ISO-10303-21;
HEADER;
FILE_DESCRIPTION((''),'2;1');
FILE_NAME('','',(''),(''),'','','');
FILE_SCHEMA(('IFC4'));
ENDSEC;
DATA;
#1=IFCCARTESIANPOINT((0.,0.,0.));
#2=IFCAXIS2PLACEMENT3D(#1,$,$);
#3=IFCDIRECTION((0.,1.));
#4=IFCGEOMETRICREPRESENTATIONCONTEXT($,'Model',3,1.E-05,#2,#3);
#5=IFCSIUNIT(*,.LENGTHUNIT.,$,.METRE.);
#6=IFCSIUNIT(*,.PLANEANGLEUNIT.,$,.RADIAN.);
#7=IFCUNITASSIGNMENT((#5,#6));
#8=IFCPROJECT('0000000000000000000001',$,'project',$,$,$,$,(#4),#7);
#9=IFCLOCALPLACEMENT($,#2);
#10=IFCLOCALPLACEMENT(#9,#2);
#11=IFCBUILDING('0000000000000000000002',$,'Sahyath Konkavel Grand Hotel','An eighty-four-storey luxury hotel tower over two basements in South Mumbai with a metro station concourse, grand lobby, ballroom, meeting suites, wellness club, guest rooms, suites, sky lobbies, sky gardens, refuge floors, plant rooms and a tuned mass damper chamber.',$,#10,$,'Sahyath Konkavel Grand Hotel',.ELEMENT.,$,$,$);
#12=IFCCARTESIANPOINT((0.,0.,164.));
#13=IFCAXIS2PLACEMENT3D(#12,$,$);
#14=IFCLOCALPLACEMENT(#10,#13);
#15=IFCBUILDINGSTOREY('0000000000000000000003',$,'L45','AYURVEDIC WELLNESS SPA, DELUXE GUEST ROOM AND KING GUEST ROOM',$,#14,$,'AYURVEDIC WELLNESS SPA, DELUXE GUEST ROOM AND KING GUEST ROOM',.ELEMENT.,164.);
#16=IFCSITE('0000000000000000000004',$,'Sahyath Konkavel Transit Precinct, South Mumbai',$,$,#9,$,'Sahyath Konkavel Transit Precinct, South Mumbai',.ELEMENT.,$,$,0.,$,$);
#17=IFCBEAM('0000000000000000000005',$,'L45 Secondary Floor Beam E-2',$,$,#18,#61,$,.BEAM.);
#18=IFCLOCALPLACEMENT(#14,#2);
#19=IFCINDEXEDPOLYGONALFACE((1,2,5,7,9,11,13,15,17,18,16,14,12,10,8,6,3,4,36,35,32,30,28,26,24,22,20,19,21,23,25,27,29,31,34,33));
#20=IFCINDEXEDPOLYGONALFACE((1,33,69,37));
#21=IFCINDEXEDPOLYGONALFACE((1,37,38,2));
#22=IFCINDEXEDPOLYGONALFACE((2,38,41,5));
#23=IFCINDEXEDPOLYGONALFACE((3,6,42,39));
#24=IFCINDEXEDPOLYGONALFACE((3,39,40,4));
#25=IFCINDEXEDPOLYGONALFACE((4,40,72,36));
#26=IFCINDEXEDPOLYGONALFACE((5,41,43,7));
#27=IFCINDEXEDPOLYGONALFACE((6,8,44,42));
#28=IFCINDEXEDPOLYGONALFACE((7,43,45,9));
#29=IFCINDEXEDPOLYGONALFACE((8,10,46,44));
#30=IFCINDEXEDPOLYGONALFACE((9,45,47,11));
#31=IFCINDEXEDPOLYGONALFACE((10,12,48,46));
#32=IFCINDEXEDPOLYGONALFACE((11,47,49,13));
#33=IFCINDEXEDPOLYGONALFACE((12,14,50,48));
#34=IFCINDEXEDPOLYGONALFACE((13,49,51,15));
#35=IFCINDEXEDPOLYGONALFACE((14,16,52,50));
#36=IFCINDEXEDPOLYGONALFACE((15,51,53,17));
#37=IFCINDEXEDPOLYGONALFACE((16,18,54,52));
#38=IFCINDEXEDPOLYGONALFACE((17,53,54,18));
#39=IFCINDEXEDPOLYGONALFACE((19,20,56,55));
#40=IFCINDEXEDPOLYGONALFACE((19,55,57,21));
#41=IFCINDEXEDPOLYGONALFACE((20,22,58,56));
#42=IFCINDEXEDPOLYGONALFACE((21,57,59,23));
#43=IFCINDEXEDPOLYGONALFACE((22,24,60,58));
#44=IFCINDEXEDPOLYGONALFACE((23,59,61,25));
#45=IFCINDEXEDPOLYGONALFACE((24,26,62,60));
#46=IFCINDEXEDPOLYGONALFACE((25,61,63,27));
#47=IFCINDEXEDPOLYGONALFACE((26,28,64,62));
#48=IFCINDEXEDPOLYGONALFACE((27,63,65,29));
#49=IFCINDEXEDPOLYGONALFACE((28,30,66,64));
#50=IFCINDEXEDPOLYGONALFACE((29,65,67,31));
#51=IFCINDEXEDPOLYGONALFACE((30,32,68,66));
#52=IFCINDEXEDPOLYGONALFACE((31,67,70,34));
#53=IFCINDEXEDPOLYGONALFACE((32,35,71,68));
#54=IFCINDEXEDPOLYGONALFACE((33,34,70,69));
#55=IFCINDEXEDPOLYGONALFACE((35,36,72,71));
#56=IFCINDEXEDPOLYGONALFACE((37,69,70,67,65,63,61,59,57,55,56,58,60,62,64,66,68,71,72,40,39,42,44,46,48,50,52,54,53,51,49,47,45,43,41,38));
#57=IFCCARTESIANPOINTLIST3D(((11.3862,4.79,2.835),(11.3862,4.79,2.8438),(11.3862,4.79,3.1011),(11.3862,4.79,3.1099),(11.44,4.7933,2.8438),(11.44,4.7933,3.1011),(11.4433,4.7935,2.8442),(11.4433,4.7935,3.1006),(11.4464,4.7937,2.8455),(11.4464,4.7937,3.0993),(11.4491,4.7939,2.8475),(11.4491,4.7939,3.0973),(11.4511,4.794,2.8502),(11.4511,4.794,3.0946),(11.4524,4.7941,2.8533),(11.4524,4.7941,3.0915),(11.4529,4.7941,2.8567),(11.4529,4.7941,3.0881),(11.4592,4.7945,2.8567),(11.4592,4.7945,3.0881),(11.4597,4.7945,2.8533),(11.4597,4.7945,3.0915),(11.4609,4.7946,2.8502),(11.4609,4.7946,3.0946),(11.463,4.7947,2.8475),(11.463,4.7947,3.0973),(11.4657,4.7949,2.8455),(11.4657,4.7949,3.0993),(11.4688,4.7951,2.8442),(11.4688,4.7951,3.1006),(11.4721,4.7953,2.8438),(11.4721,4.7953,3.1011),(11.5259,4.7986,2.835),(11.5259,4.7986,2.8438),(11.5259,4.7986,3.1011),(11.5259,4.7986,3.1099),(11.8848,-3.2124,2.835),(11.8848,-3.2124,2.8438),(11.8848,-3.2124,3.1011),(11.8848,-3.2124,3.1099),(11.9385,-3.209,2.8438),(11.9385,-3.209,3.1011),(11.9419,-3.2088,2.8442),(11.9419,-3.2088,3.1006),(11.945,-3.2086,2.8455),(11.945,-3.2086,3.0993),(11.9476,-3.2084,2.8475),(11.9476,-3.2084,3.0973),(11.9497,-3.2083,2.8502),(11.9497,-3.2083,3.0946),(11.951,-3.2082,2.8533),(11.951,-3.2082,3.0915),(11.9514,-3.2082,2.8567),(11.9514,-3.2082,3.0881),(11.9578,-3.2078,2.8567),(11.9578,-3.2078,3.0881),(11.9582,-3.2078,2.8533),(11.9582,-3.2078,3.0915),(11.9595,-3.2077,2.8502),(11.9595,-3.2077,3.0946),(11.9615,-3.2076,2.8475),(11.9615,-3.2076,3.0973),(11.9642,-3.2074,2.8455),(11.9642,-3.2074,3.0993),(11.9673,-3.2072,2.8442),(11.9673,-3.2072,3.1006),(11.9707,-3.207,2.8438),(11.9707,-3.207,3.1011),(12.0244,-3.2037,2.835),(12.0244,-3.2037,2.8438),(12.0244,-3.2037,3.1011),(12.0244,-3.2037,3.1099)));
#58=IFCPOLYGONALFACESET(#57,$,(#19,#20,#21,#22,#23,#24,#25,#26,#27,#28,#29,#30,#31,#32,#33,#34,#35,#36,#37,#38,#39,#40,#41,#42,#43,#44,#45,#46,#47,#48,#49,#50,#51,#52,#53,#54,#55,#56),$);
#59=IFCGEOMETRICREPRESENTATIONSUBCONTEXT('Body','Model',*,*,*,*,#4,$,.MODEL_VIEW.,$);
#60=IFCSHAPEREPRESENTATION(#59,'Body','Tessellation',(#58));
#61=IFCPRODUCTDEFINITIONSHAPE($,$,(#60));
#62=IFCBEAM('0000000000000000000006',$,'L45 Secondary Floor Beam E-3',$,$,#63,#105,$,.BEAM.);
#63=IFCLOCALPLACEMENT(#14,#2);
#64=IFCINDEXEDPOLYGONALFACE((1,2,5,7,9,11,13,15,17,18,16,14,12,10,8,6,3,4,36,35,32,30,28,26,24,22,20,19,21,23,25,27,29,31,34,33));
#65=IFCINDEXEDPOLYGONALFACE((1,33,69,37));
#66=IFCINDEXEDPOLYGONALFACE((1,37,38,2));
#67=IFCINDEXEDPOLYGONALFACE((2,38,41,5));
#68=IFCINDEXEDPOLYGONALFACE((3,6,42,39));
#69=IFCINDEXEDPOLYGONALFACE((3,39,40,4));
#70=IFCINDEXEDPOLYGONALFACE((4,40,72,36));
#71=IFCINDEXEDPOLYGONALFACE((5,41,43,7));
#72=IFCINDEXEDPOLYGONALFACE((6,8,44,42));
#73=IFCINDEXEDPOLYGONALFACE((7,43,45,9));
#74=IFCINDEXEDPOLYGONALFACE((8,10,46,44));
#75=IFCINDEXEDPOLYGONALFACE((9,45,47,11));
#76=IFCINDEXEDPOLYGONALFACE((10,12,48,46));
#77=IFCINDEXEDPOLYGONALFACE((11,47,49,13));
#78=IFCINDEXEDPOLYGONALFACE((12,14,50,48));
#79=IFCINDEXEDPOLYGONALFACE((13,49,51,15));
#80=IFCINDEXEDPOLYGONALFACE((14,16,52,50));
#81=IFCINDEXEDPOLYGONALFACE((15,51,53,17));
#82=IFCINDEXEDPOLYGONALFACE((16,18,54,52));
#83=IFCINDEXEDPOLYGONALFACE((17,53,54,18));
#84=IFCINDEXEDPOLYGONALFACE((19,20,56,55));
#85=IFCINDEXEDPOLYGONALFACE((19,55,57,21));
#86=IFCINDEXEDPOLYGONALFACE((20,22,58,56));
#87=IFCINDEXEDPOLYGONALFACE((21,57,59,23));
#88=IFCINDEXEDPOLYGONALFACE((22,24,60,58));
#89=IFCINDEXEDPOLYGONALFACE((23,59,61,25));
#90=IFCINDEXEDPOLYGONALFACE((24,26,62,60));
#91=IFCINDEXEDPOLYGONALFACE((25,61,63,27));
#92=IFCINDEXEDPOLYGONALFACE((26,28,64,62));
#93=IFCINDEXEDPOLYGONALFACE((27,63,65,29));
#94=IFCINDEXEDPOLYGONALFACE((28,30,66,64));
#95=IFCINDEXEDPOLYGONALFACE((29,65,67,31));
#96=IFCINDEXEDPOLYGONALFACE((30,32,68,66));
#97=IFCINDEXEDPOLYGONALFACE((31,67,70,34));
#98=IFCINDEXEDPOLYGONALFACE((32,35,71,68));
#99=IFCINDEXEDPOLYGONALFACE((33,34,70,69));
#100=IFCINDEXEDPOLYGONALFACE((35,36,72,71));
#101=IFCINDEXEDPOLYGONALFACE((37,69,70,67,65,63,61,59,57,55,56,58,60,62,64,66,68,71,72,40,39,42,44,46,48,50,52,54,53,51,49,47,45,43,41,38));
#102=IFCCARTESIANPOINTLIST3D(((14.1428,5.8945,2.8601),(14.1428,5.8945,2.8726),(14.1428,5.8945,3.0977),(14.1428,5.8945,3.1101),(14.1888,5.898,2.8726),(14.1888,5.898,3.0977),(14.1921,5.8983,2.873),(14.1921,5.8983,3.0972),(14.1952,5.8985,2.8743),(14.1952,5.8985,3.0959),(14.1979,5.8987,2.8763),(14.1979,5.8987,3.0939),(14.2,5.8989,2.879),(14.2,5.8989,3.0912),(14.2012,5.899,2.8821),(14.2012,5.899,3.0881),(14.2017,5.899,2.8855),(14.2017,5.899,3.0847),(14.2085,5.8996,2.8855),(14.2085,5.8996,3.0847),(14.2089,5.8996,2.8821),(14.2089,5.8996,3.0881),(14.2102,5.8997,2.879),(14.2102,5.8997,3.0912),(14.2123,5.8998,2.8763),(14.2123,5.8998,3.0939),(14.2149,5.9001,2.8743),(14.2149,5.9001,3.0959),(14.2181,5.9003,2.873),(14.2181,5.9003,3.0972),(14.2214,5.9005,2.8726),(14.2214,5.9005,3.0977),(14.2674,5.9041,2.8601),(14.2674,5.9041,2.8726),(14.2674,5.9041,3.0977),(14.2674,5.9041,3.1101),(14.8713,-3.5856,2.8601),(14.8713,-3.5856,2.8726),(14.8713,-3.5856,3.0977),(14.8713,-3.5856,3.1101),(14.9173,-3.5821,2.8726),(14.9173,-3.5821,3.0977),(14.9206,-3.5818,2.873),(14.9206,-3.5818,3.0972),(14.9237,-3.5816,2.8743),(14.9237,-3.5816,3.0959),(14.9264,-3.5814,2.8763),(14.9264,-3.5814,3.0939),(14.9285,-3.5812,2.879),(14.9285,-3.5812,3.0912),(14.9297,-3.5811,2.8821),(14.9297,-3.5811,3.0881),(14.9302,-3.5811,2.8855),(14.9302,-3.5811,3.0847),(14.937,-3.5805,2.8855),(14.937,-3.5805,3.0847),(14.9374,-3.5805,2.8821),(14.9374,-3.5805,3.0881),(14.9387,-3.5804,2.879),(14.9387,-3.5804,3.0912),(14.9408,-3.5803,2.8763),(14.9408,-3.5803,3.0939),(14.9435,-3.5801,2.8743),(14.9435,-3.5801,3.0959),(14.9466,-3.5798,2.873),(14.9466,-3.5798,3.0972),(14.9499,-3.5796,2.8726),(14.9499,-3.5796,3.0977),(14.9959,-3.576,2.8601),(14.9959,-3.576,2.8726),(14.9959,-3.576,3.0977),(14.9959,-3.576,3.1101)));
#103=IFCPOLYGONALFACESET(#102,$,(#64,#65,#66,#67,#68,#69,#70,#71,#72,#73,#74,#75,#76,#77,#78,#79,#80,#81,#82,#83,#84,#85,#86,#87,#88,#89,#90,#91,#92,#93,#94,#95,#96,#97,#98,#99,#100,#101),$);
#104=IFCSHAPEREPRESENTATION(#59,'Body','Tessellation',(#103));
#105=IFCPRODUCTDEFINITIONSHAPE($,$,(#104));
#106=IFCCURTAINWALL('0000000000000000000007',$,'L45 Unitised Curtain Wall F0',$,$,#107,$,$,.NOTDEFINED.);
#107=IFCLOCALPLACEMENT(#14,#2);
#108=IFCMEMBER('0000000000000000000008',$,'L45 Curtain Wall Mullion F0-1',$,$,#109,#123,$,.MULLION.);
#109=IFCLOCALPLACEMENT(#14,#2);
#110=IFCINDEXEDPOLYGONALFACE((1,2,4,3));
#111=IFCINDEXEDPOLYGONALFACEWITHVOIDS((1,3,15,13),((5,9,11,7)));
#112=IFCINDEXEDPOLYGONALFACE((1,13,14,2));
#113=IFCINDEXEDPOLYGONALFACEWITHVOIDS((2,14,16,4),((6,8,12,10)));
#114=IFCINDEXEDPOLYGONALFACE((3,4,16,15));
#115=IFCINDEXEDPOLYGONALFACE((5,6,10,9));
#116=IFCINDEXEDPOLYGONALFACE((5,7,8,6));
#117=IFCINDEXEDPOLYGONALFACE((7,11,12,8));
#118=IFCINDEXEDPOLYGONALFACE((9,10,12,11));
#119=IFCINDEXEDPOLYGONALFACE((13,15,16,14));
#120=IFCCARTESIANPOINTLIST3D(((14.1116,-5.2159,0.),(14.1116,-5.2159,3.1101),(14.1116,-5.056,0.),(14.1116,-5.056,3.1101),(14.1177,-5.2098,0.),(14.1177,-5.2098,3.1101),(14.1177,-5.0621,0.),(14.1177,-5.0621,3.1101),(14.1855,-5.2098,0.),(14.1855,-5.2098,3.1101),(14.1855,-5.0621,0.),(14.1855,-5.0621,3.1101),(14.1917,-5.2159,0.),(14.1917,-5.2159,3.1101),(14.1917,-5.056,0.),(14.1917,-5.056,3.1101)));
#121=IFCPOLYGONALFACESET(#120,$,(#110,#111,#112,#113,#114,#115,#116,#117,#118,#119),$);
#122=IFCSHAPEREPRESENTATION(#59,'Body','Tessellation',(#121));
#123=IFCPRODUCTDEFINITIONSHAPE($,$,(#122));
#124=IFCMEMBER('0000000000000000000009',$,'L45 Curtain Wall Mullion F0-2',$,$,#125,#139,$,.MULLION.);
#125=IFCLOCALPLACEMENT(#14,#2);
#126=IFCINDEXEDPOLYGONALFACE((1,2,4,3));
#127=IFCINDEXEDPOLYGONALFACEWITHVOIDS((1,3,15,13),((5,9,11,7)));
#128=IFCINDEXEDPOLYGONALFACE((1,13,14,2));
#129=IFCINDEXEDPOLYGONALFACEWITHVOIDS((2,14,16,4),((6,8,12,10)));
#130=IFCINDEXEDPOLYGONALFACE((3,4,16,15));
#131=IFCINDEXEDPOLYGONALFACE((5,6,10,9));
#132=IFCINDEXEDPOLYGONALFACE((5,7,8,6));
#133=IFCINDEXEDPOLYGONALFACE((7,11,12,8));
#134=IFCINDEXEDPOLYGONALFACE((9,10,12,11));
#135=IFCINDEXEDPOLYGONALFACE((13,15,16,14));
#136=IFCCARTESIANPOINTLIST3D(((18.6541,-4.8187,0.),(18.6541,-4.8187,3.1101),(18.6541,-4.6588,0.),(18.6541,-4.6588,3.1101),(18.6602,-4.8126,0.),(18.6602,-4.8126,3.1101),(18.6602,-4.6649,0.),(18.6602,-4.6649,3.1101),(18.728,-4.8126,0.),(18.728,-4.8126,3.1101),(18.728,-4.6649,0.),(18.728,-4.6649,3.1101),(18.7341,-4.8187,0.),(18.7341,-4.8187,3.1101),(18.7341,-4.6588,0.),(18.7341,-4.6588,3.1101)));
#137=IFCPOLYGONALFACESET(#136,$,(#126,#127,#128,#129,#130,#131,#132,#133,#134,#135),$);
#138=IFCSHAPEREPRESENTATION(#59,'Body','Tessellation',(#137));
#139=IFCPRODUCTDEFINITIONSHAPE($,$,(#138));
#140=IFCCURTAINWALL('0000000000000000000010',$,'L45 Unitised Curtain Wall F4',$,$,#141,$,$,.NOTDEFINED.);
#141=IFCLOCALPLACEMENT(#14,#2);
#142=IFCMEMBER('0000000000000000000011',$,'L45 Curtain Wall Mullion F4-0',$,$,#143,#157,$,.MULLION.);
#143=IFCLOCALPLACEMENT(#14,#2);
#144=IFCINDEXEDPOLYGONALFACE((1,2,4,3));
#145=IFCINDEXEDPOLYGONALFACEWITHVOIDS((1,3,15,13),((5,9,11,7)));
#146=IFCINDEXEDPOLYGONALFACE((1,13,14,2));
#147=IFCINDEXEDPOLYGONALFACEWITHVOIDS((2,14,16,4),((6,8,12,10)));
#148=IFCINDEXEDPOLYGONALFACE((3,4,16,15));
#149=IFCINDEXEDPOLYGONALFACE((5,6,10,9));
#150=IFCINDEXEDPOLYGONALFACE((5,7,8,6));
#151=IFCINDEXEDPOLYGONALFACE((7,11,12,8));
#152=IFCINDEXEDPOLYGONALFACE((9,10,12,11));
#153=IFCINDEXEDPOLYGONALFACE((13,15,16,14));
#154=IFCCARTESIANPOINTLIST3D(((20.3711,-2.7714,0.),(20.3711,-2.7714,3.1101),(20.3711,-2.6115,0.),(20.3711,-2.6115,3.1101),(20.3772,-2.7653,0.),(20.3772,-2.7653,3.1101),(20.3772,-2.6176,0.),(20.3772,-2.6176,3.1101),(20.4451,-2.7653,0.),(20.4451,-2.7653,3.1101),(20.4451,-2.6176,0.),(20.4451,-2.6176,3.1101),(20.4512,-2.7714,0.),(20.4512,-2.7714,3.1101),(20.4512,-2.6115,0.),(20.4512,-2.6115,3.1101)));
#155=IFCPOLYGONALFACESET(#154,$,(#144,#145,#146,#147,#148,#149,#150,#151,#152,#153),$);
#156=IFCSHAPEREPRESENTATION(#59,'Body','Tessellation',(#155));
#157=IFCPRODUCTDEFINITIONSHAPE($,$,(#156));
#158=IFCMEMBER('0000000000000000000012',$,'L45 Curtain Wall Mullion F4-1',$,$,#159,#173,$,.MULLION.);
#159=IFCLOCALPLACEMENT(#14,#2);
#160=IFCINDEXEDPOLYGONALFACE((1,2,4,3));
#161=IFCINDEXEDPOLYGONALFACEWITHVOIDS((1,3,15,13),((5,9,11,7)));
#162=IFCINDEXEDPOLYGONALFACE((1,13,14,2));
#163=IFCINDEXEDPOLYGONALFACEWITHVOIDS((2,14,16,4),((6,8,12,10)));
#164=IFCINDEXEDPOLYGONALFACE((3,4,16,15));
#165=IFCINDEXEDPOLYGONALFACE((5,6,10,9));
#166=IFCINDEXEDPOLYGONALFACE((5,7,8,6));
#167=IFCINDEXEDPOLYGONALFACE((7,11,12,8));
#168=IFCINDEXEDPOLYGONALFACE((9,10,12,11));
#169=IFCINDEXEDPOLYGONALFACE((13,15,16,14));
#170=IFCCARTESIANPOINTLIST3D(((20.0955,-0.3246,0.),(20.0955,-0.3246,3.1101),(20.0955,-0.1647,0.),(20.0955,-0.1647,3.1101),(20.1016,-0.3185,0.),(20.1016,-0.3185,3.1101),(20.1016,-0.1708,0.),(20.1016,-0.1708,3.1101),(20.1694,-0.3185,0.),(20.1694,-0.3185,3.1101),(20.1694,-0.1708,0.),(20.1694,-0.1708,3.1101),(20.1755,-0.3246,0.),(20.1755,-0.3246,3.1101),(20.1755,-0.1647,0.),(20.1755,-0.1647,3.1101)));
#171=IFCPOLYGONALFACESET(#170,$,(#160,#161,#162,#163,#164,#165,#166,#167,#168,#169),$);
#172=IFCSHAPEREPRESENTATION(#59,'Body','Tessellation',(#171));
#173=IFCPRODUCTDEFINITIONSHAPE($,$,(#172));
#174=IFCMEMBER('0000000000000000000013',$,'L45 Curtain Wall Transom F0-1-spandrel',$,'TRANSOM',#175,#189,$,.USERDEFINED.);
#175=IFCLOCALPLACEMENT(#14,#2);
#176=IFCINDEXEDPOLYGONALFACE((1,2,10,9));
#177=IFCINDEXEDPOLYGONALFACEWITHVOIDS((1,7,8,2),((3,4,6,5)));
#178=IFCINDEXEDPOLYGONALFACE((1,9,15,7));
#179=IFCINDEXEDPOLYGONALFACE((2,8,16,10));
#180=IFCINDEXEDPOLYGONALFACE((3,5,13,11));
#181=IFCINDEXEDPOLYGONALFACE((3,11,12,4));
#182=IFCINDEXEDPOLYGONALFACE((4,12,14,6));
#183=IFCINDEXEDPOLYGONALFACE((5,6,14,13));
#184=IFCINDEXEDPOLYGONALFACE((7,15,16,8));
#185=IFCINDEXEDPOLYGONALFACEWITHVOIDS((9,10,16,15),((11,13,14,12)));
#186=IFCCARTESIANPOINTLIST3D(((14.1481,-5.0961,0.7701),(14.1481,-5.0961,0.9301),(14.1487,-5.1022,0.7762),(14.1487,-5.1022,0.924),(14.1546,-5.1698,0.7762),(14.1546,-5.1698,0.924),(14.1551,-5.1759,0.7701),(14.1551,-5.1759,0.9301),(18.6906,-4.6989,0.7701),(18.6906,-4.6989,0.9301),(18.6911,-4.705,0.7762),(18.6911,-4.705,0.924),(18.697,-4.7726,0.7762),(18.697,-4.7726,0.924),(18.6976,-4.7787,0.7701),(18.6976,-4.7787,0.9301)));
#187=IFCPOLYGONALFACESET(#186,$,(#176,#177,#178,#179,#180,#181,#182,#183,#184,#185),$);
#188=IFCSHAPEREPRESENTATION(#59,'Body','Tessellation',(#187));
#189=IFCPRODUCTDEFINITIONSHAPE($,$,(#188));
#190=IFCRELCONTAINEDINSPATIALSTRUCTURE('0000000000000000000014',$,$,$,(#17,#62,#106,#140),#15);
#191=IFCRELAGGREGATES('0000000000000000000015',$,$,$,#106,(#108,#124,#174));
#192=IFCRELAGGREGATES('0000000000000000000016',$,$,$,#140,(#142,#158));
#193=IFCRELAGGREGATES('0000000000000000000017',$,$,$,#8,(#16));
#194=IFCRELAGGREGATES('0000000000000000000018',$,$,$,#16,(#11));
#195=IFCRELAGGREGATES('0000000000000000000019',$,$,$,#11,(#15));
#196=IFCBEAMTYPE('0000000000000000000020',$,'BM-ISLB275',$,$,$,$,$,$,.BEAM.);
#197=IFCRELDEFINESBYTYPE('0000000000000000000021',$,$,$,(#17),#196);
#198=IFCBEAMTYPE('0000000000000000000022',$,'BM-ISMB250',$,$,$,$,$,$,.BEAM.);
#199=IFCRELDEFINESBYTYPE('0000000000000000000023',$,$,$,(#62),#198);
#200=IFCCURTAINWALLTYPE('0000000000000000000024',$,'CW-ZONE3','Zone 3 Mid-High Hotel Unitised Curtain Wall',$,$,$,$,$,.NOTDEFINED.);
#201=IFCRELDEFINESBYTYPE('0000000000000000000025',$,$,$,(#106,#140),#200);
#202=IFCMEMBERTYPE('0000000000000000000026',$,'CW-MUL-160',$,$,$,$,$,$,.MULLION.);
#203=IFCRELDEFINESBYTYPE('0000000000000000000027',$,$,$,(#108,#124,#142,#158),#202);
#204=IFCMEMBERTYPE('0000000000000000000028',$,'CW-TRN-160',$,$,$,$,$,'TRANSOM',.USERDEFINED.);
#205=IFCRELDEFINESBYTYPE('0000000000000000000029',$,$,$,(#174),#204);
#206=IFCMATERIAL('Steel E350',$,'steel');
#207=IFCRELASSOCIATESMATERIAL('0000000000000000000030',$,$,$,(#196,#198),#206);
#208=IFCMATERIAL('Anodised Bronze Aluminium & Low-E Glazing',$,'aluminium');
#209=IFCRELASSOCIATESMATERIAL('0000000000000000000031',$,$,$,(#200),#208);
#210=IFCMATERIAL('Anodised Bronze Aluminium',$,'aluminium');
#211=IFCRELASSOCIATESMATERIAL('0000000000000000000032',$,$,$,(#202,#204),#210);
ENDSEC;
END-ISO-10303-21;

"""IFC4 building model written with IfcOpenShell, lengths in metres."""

from ifc_helpers import new_model, si_unit, direction, frame, origin, origin_2d, place, context, subcontext, project, spatial, hollow_rectangle, i_section, extrude, source, transform, mapped, material, material_profile, profile_set, type_object, element, aggregate, save


model = new_model("IFC4")

# Units and contexts
model_context = context("Model", 3, precision=1e-05, world=origin(), true_north=direction((0.0, 1.0)))
body_context = subcontext(model_context, "Body", "Model", "MODEL_VIEW")
ifc_project = project(units=[si_unit("LENGTHUNIT", "METRE"), si_unit("PLANEANGLEUNIT", "RADIAN")], contexts=[model_context])

# Site, building, storey
site_placement = place(None, origin())
site = spatial("IfcSite", under=ifc_project, at=site_placement, Name="Sahyath Konkavel Transit Precinct, South Mumbai", LongName="Sahyath Konkavel Transit Precinct, South Mumbai", CompositionType="ELEMENT", RefElevation=0.0)
building_placement = place(site_placement, origin())
building = spatial("IfcBuilding", under=site, at=building_placement, Name="Sahyath Konkavel Grand Hotel", Description="An eighty-four-storey luxury hotel tower over two basements in South Mumbai with a metro station concourse, grand lobby, ballroom, meeting suites, wellness club, guest rooms, suites, sky lobbies, sky gardens, refuge floors, plant rooms and a tuned mass damper chamber.", LongName="Sahyath Konkavel Grand Hotel", CompositionType="ELEMENT")
storey_placement = place(building_placement, frame((0.0, 0.0, 164.0)))
storey = spatial("IfcBuildingStorey", under=building, at=storey_placement, Name="L45", Description="AYURVEDIC WELLNESS SPA, DELUXE GUEST ROOM AND KING GUEST ROOM", LongName="AYURVEDIC WELLNESS SPA, DELUXE GUEST ROOM AND KING GUEST ROOM", CompositionType="ELEMENT", Elevation=164.0)

# Beams
ifc_material_1 = material(Name="Steel E350", Category="steel")
ifc_material_profile_1 = material_profile(ifc_material_1, i_section(OverallWidth=0.1399, OverallDepth=0.2749, WebThickness=0.0063, FlangeThickness=0.0088, FilletRadius=0.0129, at=origin_2d()), Name="ISLB 275")
ifc_profile_set_1 = profile_set([ifc_material_profile_1], Name="Steel E350")
beam_type_1 = type_object("IfcBeamType", Name="BM-ISLB275", PredefinedType="BEAM", material=ifc_profile_set_1)
shared_shape_1 = source(origin(), body_context, "Body", "SweptSolid", [
    extrude(i_section(OverallWidth=0.1399, OverallDepth=0.2749, WebThickness=0.0063, FlangeThickness=0.0088, FilletRadius=0.0129, at=origin_2d()), origin(), (0.0, 0.0, 1.0), 8.0178),
])
beam_1_placement = place(storey_placement, frame((11.9546, -3.208, 2.9724), z_axis=(-0.062179, 0.998065, 0.0), x_axis=(-0.998065, -0.062179, 0.0)))
element("IfcBeam", 1, at=beam_1_placement, inside=storey, type_object=beam_type_1, Name="L45 Secondary Floor Beam E-2", PredefinedType="BEAM", context=body_context, shape_type="MappedRepresentation", body=[
    mapped(shared_shape_1, transform((0.0, 0.0, 0.0), scale=1.0)),
])
ifc_material_profile_2 = material_profile(ifc_material_1, i_section(OverallWidth=0.125, OverallDepth=0.25, WebThickness=0.0068, FlangeThickness=0.0125, FilletRadius=0.0129, at=origin_2d()), Name="ISMB 250")
ifc_profile_set_2 = profile_set([ifc_material_profile_2], Name="Steel E350")
beam_type_2 = type_object("IfcBeamType", Name="BM-ISMB250", PredefinedType="BEAM", material=ifc_profile_set_2)
shared_shape_2 = source(origin(), body_context, "Body", "SweptSolid", [
    extrude(i_section(OverallWidth=0.125, OverallDepth=0.25, WebThickness=0.0068, FlangeThickness=0.0125, FilletRadius=0.0129, at=origin_2d()), origin(), (0.0, 0.0, 1.0), 9.5081),
])
beam_2_placement = place(storey_placement, frame((14.9336, -3.5808, 2.9851), z_axis=(-0.07662, 0.99706, 0.0), x_axis=(-0.99706, -0.07662, 0.0)))
element("IfcBeam", 2, at=beam_2_placement, inside=storey, type_object=beam_type_2, Name="L45 Secondary Floor Beam E-3", PredefinedType="BEAM", context=body_context, shape_type="MappedRepresentation", body=[
    mapped(shared_shape_2, transform((0.0, 0.0, 0.0), scale=1.0)),
])

# Curtain walls, members
ifc_material_2 = material(Name="Anodised Bronze Aluminium & Low-E Glazing", Category="aluminium")
curtain_wall_type = type_object("IfcCurtainWallType", Name="CW-ZONE3", Description="Zone 3 Mid-High Hotel Unitised Curtain Wall", PredefinedType="NOTDEFINED", material=ifc_material_2)
curtain_wall_1_placement = place(storey_placement, origin())
curtain_wall_1 = element("IfcCurtainWall", 3, at=curtain_wall_1_placement, inside=storey, type_object=curtain_wall_type, Name="L45 Unitised Curtain Wall F0", PredefinedType="NOTDEFINED")
ifc_material_3 = material(Name="Anodised Bronze Aluminium", Category="aluminium")
ifc_material_profile_3 = material_profile(ifc_material_3, hollow_rectangle(XDim=0.0801, YDim=0.1599, WallThickness=0.0061, at=origin_2d()), Name="RHS 160x80x6")
ifc_profile_set_3 = profile_set([ifc_material_profile_3], Name="Anodised Bronze Aluminium")
member_type_1 = type_object("IfcMemberType", Name="CW-MUL-160", PredefinedType="MULLION", material=ifc_profile_set_3)
shared_shape_3 = source(origin(), body_context, "Body", "SweptSolid", [
    extrude(hollow_rectangle(XDim=0.0801, YDim=0.1599, WallThickness=0.0061, at=origin_2d()), origin(), (0.0, 0.0, 1.0), 3.1101),
])
member_1_placement = place(storey_placement, frame((14.1516, -5.136, 0.0), z_axis=(0.0, 0.0, 1.0), x_axis=(1.0, 0.0, 0.0)))
member_1 = element("IfcMember", 4, at=member_1_placement, type_object=member_type_1, Name="L45 Curtain Wall Mullion F0-1", PredefinedType="MULLION", context=body_context, shape_type="MappedRepresentation", body=[
    mapped(shared_shape_3, transform((0.0, 0.0, 0.0), scale=1.0)),
])
member_2_placement = place(storey_placement, frame((18.6941, -4.7388, 0.0), z_axis=(0.0, 0.0, 1.0), x_axis=(1.0, 0.0, 0.0)))
member_2 = element("IfcMember", 5, at=member_2_placement, type_object=member_type_1, Name="L45 Curtain Wall Mullion F0-2", PredefinedType="MULLION", context=body_context, shape_type="MappedRepresentation", body=[
    mapped(shared_shape_3, transform((0.0, 0.0, 0.0), scale=1.0)),
])
curtain_wall_2_placement = place(storey_placement, origin())
curtain_wall_2 = element("IfcCurtainWall", 6, at=curtain_wall_2_placement, inside=storey, type_object=curtain_wall_type, Name="L45 Unitised Curtain Wall F4", PredefinedType="NOTDEFINED")
member_3_placement = place(storey_placement, frame((20.4111, -2.6914, 0.0), z_axis=(0.0, 0.0, 1.0), x_axis=(1.0, 0.0, 0.0)))
member_3 = element("IfcMember", 7, at=member_3_placement, type_object=member_type_1, Name="L45 Curtain Wall Mullion F4-0", PredefinedType="MULLION", context=body_context, shape_type="MappedRepresentation", body=[
    mapped(shared_shape_3, transform((0.0, 0.0, 0.0), scale=1.0)),
])
member_4_placement = place(storey_placement, frame((20.1355, -0.2446, 0.0), z_axis=(0.0, 0.0, 1.0), x_axis=(1.0, 0.0, 0.0)))
member_4 = element("IfcMember", 8, at=member_4_placement, type_object=member_type_1, Name="L45 Curtain Wall Mullion F4-1", PredefinedType="MULLION", context=body_context, shape_type="MappedRepresentation", body=[
    mapped(shared_shape_3, transform((0.0, 0.0, 0.0), scale=1.0)),
])

# Member
ifc_material_profile_4 = material_profile(ifc_material_3, hollow_rectangle(XDim=0.0801, YDim=0.1599, WallThickness=0.0061, at=origin_2d()), Name="RHS 160x80x6")
ifc_profile_set_4 = profile_set([ifc_material_profile_4], Name="Anodised Bronze Aluminium")
member_type_2 = type_object("IfcMemberType", Name="CW-TRN-160", ElementType="TRANSOM", PredefinedType="USERDEFINED", material=ifc_profile_set_4)
shared_shape_4 = source(origin(), body_context, "Body", "SweptSolid", [
    extrude(hollow_rectangle(XDim=0.0801, YDim=0.1599, WallThickness=0.0061, at=origin_2d()), origin(), (0.0, 0.0, 1.0), 4.5598),
])
member_5_placement = place(storey_placement, frame((14.1516, -5.136, 0.8501), z_axis=(0.996198, 0.087112, 0.0), x_axis=(-0.087112, 0.996198, 0.0)))
member_5 = element("IfcMember", 9, at=member_5_placement, type_object=member_type_2, Name="L45 Curtain Wall Transom F0-1-spandrel", ObjectType="TRANSOM", PredefinedType="USERDEFINED", context=body_context, shape_type="MappedRepresentation", body=[
    mapped(shared_shape_4, transform((0.0, 0.0, 0.0), scale=1.0)),
])

aggregate(curtain_wall_1, [member_1, member_2, member_5])
aggregate(curtain_wall_2, [member_3, member_4])

save(model, "model.ifc")
